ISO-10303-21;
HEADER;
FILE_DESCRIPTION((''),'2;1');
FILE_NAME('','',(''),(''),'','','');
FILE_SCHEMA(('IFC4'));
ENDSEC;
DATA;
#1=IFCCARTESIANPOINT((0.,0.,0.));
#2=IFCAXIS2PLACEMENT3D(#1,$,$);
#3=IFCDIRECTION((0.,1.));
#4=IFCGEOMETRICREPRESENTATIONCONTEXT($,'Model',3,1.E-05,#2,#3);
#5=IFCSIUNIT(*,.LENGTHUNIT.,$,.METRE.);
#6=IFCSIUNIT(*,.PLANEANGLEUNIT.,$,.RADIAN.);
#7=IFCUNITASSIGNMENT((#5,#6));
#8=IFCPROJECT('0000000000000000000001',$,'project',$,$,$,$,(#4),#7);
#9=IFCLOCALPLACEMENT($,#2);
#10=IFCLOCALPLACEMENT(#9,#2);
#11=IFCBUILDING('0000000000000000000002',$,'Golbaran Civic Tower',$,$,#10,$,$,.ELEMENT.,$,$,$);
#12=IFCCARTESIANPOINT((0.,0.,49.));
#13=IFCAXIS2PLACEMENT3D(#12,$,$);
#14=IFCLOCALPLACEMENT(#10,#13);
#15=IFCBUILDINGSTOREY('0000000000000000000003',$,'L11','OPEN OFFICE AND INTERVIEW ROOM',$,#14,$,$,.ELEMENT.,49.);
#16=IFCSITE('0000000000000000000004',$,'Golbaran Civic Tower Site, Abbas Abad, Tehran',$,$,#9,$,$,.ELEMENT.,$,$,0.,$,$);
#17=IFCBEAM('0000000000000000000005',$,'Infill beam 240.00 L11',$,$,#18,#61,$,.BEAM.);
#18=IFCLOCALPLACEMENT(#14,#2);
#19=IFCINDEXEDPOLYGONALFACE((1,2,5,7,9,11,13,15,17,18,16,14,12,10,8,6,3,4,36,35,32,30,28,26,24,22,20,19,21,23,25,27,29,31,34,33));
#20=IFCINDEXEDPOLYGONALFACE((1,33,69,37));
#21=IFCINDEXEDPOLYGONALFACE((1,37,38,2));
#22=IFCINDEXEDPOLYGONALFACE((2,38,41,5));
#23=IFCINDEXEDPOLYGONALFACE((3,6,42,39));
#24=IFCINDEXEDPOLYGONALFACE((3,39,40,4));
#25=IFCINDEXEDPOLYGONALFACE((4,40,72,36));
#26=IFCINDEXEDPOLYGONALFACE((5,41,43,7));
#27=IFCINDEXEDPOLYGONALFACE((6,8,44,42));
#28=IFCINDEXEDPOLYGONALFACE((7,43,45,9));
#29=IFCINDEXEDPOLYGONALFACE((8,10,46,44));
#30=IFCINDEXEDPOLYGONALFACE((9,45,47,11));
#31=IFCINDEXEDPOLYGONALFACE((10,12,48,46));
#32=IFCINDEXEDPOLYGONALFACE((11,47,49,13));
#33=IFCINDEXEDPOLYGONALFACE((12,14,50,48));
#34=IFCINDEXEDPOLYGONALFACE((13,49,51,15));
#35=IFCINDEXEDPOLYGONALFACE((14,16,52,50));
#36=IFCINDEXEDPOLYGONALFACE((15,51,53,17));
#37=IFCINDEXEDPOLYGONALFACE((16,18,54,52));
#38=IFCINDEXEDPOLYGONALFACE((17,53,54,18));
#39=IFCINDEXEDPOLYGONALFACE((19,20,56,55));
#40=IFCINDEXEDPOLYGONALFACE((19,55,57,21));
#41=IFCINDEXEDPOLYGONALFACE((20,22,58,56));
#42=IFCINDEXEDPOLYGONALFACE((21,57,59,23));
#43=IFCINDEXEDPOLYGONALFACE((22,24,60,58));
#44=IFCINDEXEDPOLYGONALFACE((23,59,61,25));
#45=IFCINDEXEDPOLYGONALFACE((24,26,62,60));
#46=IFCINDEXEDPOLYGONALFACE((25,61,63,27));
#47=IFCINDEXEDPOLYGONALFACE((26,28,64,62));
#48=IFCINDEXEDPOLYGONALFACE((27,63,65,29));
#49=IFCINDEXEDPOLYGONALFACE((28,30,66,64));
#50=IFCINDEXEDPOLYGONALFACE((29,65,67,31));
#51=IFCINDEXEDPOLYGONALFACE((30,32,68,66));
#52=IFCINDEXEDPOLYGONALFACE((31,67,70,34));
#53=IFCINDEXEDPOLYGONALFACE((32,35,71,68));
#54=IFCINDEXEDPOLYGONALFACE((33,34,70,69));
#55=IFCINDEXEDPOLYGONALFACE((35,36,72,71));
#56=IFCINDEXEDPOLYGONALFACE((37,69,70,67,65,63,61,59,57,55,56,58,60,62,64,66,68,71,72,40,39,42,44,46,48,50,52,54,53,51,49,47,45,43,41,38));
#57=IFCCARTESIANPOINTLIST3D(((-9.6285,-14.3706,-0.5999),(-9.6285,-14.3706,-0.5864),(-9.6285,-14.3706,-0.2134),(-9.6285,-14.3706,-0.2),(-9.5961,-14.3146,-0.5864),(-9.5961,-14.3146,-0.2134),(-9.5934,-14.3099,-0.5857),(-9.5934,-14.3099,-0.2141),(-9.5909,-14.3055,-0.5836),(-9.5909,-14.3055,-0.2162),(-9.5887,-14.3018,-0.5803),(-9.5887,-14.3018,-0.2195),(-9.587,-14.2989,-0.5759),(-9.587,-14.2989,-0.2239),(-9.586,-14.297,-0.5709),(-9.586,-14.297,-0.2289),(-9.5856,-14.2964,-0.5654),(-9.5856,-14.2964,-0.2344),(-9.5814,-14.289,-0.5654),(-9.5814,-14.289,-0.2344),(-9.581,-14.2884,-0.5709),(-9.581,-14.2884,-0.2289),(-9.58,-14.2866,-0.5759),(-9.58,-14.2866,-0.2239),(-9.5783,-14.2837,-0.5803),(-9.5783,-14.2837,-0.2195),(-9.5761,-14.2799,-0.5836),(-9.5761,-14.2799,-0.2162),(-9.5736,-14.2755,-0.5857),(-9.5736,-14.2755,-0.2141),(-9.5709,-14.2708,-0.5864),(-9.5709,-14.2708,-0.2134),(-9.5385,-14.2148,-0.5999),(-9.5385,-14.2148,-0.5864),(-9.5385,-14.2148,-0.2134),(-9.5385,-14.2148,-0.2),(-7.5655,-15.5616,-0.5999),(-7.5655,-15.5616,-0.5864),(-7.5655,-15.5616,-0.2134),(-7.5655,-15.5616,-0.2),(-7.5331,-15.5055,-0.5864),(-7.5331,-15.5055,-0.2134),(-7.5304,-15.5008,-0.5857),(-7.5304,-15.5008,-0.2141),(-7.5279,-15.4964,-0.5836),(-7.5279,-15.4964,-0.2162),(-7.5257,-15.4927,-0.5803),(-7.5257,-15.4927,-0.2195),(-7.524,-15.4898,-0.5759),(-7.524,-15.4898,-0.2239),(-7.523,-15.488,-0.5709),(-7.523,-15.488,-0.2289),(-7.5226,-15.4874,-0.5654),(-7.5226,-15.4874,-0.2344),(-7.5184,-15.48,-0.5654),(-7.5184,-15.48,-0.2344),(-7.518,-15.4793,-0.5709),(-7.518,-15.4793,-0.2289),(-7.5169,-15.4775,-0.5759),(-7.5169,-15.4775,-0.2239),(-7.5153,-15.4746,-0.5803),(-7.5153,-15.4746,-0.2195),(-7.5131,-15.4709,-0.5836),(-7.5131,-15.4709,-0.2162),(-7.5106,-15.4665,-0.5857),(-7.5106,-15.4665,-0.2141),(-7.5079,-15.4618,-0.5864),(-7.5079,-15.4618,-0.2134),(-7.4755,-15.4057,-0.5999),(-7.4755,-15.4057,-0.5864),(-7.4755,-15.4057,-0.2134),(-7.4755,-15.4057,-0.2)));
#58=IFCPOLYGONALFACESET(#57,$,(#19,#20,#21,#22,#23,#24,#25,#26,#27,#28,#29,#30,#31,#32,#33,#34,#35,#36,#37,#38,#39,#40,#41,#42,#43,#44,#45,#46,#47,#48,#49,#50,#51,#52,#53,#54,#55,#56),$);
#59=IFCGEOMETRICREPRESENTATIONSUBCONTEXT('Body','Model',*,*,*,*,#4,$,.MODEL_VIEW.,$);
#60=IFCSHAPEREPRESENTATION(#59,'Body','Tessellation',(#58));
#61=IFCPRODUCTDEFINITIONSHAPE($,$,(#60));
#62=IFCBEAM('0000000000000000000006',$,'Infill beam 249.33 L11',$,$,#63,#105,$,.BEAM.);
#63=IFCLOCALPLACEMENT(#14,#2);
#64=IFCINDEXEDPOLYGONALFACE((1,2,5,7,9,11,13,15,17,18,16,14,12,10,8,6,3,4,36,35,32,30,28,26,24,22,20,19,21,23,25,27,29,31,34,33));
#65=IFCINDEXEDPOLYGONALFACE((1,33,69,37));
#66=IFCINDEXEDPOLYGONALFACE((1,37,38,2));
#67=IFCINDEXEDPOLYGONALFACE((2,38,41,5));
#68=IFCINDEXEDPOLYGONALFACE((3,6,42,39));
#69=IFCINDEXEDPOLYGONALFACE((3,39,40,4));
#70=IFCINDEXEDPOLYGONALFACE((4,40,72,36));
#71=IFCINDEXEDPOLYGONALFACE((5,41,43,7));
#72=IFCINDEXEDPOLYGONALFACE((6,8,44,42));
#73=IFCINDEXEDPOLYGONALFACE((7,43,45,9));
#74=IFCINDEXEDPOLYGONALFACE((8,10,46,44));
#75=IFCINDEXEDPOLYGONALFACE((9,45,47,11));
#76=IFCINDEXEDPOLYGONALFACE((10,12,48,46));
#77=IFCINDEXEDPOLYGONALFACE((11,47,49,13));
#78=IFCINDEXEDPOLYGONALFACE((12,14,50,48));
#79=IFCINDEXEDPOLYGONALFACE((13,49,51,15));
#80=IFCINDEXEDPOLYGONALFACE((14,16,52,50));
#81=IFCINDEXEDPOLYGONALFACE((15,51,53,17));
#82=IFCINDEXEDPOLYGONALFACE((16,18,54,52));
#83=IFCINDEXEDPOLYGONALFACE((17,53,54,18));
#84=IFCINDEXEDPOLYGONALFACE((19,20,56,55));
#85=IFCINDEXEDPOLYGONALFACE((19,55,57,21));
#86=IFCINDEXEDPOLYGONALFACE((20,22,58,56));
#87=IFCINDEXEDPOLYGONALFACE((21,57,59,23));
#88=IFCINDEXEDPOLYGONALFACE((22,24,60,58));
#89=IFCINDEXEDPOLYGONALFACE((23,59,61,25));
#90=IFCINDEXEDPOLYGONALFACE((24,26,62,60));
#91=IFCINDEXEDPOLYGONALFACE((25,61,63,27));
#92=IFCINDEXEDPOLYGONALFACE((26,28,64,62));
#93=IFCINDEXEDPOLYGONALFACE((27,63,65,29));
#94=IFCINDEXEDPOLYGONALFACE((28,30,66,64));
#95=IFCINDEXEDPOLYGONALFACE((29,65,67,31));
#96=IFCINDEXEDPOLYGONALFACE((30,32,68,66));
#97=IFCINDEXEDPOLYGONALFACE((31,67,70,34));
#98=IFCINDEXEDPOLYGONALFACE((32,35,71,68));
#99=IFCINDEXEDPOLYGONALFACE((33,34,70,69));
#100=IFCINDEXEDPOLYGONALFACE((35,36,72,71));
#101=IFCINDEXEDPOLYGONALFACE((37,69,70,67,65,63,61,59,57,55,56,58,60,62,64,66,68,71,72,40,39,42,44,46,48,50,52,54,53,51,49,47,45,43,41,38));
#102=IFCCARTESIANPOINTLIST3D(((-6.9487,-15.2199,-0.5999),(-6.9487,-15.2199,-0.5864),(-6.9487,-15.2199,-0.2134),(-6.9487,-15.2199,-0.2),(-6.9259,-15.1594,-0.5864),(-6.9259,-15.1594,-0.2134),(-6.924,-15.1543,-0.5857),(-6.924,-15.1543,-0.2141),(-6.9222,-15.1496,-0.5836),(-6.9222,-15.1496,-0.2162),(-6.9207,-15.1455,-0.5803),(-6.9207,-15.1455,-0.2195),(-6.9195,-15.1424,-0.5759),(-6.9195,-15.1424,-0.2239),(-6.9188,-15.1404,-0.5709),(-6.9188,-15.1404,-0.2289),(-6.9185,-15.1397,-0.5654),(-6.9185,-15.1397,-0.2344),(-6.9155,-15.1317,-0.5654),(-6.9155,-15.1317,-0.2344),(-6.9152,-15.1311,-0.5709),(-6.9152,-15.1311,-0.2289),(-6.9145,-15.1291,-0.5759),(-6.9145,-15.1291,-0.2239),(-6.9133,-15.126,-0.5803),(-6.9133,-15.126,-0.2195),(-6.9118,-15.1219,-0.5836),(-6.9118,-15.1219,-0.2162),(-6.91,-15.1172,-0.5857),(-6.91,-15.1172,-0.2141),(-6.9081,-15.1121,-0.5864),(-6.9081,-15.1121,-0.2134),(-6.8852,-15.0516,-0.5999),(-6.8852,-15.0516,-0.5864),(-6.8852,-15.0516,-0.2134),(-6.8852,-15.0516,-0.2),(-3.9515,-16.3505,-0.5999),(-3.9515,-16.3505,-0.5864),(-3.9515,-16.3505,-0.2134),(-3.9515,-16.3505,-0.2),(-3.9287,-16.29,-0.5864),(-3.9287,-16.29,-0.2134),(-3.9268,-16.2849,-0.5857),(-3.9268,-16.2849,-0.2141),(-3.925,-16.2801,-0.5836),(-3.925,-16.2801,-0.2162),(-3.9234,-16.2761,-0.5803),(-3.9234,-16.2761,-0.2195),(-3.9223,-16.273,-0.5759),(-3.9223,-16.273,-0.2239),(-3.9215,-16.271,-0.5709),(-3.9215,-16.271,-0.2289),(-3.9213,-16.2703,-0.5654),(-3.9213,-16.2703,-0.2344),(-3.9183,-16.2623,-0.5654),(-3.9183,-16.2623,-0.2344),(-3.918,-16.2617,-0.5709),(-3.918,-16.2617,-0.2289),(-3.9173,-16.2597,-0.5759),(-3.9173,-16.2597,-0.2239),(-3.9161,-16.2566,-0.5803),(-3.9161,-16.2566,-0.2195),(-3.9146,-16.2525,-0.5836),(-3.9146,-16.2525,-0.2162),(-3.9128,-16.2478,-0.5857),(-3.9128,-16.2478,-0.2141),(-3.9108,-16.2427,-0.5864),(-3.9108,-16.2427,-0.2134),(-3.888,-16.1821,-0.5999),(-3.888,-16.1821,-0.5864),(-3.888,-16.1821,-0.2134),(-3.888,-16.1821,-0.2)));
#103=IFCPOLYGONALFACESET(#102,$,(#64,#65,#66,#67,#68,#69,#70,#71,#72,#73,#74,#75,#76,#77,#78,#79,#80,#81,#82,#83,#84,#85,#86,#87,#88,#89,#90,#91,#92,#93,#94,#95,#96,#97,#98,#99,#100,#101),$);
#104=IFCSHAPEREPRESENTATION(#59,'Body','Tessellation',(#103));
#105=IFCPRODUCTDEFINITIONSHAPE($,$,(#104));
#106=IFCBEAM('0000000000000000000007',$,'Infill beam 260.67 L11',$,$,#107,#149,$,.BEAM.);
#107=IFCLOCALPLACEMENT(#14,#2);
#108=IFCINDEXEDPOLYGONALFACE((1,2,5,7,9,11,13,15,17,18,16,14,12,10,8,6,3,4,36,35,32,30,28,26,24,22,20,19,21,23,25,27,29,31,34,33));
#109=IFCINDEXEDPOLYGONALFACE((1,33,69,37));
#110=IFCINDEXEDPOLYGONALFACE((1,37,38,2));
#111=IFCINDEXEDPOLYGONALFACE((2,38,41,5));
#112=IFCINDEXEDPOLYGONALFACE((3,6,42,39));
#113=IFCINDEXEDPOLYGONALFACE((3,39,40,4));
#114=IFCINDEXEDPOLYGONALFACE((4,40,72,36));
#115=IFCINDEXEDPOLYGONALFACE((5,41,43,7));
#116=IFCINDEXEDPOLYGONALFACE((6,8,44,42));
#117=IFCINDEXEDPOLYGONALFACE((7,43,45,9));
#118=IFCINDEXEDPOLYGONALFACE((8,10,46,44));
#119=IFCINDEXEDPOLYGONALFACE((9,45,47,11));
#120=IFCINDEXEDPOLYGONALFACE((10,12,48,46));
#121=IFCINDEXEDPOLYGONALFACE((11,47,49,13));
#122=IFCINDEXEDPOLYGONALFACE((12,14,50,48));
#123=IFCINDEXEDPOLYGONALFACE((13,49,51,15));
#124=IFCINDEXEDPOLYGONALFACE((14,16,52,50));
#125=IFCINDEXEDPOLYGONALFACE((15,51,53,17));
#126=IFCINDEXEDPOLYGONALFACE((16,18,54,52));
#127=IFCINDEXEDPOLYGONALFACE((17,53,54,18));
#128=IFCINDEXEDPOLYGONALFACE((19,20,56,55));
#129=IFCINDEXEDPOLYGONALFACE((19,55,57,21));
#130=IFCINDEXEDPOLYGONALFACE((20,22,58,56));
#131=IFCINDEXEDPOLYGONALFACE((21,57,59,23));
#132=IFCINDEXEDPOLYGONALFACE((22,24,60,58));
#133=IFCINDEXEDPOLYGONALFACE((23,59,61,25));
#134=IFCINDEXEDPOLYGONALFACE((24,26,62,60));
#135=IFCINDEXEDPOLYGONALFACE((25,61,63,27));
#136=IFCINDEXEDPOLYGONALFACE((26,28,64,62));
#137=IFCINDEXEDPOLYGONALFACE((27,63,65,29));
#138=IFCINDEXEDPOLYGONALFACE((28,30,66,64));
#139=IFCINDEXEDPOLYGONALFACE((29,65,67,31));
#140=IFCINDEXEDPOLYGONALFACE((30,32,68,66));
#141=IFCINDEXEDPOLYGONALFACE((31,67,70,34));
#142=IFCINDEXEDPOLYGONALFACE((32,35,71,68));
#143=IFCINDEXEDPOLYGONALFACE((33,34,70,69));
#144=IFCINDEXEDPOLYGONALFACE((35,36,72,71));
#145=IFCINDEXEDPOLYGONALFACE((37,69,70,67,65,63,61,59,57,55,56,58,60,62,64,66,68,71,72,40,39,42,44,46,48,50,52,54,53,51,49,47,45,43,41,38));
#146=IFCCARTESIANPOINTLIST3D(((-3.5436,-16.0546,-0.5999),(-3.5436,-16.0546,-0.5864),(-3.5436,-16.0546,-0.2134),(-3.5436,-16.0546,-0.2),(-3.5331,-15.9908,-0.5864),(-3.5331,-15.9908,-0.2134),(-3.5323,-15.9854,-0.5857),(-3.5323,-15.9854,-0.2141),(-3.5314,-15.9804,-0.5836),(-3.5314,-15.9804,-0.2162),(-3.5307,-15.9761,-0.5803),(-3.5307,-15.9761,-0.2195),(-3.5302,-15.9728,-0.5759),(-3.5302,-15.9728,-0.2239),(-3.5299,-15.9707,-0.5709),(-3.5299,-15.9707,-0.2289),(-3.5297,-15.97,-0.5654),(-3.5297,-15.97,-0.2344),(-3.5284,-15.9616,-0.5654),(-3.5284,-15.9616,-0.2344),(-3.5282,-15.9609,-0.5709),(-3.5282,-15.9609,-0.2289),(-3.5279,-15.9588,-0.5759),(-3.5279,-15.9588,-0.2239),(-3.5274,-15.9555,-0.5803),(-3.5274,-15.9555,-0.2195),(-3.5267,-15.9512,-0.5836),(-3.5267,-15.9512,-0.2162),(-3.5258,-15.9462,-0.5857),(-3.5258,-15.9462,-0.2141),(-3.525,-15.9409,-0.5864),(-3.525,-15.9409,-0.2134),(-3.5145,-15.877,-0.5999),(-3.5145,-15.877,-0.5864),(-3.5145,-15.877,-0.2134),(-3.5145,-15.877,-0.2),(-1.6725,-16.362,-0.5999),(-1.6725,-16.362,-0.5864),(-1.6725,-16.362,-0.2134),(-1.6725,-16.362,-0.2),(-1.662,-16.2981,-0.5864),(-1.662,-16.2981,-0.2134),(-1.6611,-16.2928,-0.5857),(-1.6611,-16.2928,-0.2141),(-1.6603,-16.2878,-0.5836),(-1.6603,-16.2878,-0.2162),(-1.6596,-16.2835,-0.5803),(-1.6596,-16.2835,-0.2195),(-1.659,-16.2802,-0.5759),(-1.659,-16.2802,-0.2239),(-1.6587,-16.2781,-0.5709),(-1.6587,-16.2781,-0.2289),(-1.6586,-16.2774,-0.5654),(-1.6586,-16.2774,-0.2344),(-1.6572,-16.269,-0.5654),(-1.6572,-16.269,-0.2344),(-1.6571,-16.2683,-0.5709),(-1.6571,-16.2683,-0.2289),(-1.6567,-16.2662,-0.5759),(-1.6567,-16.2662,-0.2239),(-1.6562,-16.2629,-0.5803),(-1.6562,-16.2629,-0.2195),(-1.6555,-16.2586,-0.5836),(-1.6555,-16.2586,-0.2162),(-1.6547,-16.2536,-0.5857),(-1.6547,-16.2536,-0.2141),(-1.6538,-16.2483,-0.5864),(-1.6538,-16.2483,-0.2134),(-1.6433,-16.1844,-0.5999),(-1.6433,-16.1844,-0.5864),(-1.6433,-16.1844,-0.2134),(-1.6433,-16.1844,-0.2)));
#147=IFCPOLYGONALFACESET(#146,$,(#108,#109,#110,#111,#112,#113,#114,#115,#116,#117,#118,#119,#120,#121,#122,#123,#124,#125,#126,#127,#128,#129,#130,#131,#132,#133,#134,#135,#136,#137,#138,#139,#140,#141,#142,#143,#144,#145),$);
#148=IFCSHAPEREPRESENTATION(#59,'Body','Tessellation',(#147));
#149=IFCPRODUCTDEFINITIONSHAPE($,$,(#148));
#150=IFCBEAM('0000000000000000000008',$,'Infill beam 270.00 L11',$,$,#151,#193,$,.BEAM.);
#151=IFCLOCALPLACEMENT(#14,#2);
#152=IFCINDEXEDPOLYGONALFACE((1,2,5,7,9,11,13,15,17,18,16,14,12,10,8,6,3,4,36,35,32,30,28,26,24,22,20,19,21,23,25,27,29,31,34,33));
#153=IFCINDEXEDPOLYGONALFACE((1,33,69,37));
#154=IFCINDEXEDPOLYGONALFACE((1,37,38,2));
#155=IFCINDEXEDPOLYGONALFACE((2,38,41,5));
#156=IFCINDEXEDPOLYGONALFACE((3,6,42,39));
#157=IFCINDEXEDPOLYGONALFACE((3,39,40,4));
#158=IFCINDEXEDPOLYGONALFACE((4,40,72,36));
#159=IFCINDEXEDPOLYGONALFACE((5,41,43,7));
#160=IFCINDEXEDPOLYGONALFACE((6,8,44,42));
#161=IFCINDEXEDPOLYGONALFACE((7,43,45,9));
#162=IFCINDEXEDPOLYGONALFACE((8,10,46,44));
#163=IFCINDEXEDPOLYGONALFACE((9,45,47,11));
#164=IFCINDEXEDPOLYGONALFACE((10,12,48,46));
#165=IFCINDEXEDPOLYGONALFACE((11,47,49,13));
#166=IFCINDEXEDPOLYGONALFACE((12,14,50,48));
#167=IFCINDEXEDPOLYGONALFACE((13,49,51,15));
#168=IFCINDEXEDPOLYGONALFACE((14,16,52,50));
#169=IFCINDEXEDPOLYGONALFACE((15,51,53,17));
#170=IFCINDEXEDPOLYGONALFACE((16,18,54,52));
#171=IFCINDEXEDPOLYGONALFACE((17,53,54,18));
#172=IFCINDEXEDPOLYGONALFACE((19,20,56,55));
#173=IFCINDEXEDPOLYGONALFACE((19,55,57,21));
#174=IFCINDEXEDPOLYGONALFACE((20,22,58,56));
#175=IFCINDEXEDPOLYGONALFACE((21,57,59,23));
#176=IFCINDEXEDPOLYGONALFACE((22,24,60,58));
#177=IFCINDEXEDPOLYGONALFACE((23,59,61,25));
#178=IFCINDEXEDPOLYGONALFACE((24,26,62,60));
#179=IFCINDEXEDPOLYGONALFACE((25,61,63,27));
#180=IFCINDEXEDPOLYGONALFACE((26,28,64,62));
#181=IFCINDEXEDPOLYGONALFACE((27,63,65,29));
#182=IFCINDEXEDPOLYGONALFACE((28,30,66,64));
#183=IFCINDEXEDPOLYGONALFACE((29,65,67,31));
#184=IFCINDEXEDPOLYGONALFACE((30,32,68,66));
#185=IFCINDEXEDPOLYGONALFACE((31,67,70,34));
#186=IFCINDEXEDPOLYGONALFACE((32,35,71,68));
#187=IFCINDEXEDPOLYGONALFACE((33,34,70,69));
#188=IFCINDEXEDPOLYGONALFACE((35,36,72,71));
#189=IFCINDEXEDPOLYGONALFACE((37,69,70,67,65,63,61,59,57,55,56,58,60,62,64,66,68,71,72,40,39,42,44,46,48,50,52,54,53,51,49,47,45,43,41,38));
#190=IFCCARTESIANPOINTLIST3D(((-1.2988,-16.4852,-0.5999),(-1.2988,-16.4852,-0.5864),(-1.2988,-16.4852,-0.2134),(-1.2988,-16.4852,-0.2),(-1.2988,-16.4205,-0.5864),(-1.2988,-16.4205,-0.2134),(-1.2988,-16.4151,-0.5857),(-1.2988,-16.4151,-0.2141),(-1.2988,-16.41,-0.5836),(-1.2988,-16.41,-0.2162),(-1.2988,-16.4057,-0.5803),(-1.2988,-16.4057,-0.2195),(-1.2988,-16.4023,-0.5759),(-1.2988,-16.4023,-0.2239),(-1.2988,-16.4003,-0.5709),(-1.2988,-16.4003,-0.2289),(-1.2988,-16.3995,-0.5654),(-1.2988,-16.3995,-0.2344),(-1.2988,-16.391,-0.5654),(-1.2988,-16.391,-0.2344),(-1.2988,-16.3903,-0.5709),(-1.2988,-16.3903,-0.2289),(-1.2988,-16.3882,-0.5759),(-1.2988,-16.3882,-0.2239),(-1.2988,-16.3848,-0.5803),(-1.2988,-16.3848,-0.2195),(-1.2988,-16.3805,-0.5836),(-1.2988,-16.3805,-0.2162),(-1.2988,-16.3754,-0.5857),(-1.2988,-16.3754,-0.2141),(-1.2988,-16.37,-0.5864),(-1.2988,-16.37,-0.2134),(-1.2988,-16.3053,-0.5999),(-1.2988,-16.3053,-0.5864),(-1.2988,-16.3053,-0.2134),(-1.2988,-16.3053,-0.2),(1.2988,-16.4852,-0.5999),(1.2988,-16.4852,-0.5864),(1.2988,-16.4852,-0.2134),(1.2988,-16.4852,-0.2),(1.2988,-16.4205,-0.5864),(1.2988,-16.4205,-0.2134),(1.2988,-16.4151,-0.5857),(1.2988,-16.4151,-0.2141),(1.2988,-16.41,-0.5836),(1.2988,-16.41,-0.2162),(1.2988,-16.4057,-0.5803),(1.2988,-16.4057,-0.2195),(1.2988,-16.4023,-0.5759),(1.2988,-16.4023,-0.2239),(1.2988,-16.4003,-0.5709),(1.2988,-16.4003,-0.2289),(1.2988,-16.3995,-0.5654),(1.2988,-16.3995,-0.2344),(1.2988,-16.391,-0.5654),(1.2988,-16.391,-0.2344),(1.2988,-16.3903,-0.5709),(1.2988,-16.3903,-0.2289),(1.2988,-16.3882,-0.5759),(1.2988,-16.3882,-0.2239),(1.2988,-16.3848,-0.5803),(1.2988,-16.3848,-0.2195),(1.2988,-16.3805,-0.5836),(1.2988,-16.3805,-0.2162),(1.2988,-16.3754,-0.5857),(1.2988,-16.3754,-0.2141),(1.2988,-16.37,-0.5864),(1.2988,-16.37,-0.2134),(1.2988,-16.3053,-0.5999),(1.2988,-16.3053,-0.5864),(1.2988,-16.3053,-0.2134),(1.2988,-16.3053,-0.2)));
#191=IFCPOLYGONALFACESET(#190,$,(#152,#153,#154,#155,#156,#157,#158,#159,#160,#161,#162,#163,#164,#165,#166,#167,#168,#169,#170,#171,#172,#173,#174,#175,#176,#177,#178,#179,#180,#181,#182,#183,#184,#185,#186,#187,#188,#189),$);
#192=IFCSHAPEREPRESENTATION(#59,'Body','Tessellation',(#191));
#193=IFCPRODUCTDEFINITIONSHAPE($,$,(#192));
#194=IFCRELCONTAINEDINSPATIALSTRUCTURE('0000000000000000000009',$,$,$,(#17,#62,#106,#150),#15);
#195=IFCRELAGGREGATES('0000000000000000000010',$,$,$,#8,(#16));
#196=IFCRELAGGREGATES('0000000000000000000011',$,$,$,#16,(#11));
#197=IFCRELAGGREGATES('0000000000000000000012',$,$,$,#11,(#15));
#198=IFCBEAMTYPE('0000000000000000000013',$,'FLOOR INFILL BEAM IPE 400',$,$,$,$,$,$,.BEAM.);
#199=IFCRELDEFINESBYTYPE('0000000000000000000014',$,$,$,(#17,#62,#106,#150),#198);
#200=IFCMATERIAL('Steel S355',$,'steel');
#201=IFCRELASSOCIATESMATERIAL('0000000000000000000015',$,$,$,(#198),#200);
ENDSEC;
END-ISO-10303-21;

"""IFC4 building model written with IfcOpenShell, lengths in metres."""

from ifc_helpers import new_model, si_unit, direction, frame, origin, origin_2d, place, context, subcontext, project, spatial, i_section, extrude, material, material_profile, profile_set, type_object, element, save


model = new_model("IFC4")

# Units and contexts
model_context = context("Model", 3, precision=1e-05, world=origin(), true_north=direction((0.0, 1.0)))
body_context = subcontext(model_context, "Body", "Model", "MODEL_VIEW")
ifc_project = project(units=[si_unit("LENGTHUNIT", "METRE"), si_unit("PLANEANGLEUNIT", "RADIAN")], contexts=[model_context])

# Site, building, storey
site_placement = place(None, origin())
site = spatial("IfcSite", under=ifc_project, at=site_placement, Name="Golbaran Civic Tower Site, Abbas Abad, Tehran", CompositionType="ELEMENT", RefElevation=0.0)
building_placement = place(site_placement, origin())
building = spatial("IfcBuilding", under=site, at=building_placement, Name="Golbaran Civic Tower", CompositionType="ELEMENT")
storey_placement = place(building_placement, frame((0.0, 0.0, 49.0)))
storey = spatial("IfcBuildingStorey", under=building, at=storey_placement, Name="L11", Description="OPEN OFFICE AND INTERVIEW ROOM", CompositionType="ELEMENT", Elevation=49.0)

# Beams
ifc_material_1 = material(Name="Steel S355", Category="steel")
ifc_material_profile_1 = material_profile(ifc_material_1, i_section(OverallWidth=0.1799, OverallDepth=0.3999, WebThickness=0.0085, FlangeThickness=0.0134, FilletRadius=0.021, at=origin_2d()), Name="IPE 400")
ifc_profile_set_1 = profile_set([ifc_material_profile_1], Name="Steel S355")
beam_type_1 = type_object("IfcBeamType", Name="FLOOR INFILL BEAM IPE 400", PredefinedType="BEAM", material=ifc_profile_set_1)
beam_1_placement = place(storey_placement, frame((-9.5835, -14.2927, -0.3999), z_axis=(0.866052, -0.499953, 0.0), x_axis=(0.499953, 0.866052, 0.0)))
element("IfcBeam", 1, at=beam_1_placement, inside=storey, type_object=beam_type_1, Name="Infill beam 240.00 L11", PredefinedType="BEAM", context=body_context, shape_type="SweptSolid", body=[
    extrude(i_section(OverallWidth=0.1799, OverallDepth=0.3999, WebThickness=0.0085, FlangeThickness=0.0134, FilletRadius=0.021, at=origin_2d()), origin(), (0.0, 0.0, 1.0), 2.3821),
])
beam_2_placement = place(storey_placement, frame((-6.917, -15.1357, -0.3999), z_axis=(0.935648, -0.352935, 0.0), x_axis=(0.352935, 0.935648, 0.0)))
element("IfcBeam", 2, at=beam_2_placement, inside=storey, type_object=beam_type_1, Name="Infill beam 249.33 L11", PredefinedType="BEAM", context=body_context, shape_type="SweptSolid", body=[
    extrude(i_section(OverallWidth=0.1799, OverallDepth=0.3999, WebThickness=0.0085, FlangeThickness=0.0134, FilletRadius=0.021, at=origin_2d()), origin(), (0.0, 0.0, 1.0), 3.2034),
])
beam_3_placement = place(storey_placement, frame((-3.5291, -15.9658, -0.3999), z_axis=(0.986774, -0.162102, 0.0), x_axis=(0.162102, 0.986774, 0.0)))
element("IfcBeam", 3, at=beam_3_placement, inside=storey, type_object=beam_type_1, Name="Infill beam 260.67 L11", PredefinedType="BEAM", context=body_context, shape_type="SweptSolid", body=[
    extrude(i_section(OverallWidth=0.1799, OverallDepth=0.3999, WebThickness=0.0085, FlangeThickness=0.0134, FilletRadius=0.021, at=origin_2d()), origin(), (0.0, 0.0, 1.0), 1.8962),
])
beam_4_placement = place(storey_placement, frame((-1.2988, -16.3953, -0.3999), z_axis=(1.0, 0.0, 0.0), x_axis=(0.0, 1.0, 0.0)))
element("IfcBeam", 4, at=beam_4_placement, inside=storey, type_object=beam_type_1, Name="Infill beam 270.00 L11", PredefinedType="BEAM", context=body_context, shape_type="SweptSolid", body=[
    extrude(i_section(OverallWidth=0.1799, OverallDepth=0.3999, WebThickness=0.0085, FlangeThickness=0.0134, FilletRadius=0.021, at=origin_2d()), origin(), (0.0, 0.0, 1.0), 2.5977),
])

save(model, "model.ifc")
